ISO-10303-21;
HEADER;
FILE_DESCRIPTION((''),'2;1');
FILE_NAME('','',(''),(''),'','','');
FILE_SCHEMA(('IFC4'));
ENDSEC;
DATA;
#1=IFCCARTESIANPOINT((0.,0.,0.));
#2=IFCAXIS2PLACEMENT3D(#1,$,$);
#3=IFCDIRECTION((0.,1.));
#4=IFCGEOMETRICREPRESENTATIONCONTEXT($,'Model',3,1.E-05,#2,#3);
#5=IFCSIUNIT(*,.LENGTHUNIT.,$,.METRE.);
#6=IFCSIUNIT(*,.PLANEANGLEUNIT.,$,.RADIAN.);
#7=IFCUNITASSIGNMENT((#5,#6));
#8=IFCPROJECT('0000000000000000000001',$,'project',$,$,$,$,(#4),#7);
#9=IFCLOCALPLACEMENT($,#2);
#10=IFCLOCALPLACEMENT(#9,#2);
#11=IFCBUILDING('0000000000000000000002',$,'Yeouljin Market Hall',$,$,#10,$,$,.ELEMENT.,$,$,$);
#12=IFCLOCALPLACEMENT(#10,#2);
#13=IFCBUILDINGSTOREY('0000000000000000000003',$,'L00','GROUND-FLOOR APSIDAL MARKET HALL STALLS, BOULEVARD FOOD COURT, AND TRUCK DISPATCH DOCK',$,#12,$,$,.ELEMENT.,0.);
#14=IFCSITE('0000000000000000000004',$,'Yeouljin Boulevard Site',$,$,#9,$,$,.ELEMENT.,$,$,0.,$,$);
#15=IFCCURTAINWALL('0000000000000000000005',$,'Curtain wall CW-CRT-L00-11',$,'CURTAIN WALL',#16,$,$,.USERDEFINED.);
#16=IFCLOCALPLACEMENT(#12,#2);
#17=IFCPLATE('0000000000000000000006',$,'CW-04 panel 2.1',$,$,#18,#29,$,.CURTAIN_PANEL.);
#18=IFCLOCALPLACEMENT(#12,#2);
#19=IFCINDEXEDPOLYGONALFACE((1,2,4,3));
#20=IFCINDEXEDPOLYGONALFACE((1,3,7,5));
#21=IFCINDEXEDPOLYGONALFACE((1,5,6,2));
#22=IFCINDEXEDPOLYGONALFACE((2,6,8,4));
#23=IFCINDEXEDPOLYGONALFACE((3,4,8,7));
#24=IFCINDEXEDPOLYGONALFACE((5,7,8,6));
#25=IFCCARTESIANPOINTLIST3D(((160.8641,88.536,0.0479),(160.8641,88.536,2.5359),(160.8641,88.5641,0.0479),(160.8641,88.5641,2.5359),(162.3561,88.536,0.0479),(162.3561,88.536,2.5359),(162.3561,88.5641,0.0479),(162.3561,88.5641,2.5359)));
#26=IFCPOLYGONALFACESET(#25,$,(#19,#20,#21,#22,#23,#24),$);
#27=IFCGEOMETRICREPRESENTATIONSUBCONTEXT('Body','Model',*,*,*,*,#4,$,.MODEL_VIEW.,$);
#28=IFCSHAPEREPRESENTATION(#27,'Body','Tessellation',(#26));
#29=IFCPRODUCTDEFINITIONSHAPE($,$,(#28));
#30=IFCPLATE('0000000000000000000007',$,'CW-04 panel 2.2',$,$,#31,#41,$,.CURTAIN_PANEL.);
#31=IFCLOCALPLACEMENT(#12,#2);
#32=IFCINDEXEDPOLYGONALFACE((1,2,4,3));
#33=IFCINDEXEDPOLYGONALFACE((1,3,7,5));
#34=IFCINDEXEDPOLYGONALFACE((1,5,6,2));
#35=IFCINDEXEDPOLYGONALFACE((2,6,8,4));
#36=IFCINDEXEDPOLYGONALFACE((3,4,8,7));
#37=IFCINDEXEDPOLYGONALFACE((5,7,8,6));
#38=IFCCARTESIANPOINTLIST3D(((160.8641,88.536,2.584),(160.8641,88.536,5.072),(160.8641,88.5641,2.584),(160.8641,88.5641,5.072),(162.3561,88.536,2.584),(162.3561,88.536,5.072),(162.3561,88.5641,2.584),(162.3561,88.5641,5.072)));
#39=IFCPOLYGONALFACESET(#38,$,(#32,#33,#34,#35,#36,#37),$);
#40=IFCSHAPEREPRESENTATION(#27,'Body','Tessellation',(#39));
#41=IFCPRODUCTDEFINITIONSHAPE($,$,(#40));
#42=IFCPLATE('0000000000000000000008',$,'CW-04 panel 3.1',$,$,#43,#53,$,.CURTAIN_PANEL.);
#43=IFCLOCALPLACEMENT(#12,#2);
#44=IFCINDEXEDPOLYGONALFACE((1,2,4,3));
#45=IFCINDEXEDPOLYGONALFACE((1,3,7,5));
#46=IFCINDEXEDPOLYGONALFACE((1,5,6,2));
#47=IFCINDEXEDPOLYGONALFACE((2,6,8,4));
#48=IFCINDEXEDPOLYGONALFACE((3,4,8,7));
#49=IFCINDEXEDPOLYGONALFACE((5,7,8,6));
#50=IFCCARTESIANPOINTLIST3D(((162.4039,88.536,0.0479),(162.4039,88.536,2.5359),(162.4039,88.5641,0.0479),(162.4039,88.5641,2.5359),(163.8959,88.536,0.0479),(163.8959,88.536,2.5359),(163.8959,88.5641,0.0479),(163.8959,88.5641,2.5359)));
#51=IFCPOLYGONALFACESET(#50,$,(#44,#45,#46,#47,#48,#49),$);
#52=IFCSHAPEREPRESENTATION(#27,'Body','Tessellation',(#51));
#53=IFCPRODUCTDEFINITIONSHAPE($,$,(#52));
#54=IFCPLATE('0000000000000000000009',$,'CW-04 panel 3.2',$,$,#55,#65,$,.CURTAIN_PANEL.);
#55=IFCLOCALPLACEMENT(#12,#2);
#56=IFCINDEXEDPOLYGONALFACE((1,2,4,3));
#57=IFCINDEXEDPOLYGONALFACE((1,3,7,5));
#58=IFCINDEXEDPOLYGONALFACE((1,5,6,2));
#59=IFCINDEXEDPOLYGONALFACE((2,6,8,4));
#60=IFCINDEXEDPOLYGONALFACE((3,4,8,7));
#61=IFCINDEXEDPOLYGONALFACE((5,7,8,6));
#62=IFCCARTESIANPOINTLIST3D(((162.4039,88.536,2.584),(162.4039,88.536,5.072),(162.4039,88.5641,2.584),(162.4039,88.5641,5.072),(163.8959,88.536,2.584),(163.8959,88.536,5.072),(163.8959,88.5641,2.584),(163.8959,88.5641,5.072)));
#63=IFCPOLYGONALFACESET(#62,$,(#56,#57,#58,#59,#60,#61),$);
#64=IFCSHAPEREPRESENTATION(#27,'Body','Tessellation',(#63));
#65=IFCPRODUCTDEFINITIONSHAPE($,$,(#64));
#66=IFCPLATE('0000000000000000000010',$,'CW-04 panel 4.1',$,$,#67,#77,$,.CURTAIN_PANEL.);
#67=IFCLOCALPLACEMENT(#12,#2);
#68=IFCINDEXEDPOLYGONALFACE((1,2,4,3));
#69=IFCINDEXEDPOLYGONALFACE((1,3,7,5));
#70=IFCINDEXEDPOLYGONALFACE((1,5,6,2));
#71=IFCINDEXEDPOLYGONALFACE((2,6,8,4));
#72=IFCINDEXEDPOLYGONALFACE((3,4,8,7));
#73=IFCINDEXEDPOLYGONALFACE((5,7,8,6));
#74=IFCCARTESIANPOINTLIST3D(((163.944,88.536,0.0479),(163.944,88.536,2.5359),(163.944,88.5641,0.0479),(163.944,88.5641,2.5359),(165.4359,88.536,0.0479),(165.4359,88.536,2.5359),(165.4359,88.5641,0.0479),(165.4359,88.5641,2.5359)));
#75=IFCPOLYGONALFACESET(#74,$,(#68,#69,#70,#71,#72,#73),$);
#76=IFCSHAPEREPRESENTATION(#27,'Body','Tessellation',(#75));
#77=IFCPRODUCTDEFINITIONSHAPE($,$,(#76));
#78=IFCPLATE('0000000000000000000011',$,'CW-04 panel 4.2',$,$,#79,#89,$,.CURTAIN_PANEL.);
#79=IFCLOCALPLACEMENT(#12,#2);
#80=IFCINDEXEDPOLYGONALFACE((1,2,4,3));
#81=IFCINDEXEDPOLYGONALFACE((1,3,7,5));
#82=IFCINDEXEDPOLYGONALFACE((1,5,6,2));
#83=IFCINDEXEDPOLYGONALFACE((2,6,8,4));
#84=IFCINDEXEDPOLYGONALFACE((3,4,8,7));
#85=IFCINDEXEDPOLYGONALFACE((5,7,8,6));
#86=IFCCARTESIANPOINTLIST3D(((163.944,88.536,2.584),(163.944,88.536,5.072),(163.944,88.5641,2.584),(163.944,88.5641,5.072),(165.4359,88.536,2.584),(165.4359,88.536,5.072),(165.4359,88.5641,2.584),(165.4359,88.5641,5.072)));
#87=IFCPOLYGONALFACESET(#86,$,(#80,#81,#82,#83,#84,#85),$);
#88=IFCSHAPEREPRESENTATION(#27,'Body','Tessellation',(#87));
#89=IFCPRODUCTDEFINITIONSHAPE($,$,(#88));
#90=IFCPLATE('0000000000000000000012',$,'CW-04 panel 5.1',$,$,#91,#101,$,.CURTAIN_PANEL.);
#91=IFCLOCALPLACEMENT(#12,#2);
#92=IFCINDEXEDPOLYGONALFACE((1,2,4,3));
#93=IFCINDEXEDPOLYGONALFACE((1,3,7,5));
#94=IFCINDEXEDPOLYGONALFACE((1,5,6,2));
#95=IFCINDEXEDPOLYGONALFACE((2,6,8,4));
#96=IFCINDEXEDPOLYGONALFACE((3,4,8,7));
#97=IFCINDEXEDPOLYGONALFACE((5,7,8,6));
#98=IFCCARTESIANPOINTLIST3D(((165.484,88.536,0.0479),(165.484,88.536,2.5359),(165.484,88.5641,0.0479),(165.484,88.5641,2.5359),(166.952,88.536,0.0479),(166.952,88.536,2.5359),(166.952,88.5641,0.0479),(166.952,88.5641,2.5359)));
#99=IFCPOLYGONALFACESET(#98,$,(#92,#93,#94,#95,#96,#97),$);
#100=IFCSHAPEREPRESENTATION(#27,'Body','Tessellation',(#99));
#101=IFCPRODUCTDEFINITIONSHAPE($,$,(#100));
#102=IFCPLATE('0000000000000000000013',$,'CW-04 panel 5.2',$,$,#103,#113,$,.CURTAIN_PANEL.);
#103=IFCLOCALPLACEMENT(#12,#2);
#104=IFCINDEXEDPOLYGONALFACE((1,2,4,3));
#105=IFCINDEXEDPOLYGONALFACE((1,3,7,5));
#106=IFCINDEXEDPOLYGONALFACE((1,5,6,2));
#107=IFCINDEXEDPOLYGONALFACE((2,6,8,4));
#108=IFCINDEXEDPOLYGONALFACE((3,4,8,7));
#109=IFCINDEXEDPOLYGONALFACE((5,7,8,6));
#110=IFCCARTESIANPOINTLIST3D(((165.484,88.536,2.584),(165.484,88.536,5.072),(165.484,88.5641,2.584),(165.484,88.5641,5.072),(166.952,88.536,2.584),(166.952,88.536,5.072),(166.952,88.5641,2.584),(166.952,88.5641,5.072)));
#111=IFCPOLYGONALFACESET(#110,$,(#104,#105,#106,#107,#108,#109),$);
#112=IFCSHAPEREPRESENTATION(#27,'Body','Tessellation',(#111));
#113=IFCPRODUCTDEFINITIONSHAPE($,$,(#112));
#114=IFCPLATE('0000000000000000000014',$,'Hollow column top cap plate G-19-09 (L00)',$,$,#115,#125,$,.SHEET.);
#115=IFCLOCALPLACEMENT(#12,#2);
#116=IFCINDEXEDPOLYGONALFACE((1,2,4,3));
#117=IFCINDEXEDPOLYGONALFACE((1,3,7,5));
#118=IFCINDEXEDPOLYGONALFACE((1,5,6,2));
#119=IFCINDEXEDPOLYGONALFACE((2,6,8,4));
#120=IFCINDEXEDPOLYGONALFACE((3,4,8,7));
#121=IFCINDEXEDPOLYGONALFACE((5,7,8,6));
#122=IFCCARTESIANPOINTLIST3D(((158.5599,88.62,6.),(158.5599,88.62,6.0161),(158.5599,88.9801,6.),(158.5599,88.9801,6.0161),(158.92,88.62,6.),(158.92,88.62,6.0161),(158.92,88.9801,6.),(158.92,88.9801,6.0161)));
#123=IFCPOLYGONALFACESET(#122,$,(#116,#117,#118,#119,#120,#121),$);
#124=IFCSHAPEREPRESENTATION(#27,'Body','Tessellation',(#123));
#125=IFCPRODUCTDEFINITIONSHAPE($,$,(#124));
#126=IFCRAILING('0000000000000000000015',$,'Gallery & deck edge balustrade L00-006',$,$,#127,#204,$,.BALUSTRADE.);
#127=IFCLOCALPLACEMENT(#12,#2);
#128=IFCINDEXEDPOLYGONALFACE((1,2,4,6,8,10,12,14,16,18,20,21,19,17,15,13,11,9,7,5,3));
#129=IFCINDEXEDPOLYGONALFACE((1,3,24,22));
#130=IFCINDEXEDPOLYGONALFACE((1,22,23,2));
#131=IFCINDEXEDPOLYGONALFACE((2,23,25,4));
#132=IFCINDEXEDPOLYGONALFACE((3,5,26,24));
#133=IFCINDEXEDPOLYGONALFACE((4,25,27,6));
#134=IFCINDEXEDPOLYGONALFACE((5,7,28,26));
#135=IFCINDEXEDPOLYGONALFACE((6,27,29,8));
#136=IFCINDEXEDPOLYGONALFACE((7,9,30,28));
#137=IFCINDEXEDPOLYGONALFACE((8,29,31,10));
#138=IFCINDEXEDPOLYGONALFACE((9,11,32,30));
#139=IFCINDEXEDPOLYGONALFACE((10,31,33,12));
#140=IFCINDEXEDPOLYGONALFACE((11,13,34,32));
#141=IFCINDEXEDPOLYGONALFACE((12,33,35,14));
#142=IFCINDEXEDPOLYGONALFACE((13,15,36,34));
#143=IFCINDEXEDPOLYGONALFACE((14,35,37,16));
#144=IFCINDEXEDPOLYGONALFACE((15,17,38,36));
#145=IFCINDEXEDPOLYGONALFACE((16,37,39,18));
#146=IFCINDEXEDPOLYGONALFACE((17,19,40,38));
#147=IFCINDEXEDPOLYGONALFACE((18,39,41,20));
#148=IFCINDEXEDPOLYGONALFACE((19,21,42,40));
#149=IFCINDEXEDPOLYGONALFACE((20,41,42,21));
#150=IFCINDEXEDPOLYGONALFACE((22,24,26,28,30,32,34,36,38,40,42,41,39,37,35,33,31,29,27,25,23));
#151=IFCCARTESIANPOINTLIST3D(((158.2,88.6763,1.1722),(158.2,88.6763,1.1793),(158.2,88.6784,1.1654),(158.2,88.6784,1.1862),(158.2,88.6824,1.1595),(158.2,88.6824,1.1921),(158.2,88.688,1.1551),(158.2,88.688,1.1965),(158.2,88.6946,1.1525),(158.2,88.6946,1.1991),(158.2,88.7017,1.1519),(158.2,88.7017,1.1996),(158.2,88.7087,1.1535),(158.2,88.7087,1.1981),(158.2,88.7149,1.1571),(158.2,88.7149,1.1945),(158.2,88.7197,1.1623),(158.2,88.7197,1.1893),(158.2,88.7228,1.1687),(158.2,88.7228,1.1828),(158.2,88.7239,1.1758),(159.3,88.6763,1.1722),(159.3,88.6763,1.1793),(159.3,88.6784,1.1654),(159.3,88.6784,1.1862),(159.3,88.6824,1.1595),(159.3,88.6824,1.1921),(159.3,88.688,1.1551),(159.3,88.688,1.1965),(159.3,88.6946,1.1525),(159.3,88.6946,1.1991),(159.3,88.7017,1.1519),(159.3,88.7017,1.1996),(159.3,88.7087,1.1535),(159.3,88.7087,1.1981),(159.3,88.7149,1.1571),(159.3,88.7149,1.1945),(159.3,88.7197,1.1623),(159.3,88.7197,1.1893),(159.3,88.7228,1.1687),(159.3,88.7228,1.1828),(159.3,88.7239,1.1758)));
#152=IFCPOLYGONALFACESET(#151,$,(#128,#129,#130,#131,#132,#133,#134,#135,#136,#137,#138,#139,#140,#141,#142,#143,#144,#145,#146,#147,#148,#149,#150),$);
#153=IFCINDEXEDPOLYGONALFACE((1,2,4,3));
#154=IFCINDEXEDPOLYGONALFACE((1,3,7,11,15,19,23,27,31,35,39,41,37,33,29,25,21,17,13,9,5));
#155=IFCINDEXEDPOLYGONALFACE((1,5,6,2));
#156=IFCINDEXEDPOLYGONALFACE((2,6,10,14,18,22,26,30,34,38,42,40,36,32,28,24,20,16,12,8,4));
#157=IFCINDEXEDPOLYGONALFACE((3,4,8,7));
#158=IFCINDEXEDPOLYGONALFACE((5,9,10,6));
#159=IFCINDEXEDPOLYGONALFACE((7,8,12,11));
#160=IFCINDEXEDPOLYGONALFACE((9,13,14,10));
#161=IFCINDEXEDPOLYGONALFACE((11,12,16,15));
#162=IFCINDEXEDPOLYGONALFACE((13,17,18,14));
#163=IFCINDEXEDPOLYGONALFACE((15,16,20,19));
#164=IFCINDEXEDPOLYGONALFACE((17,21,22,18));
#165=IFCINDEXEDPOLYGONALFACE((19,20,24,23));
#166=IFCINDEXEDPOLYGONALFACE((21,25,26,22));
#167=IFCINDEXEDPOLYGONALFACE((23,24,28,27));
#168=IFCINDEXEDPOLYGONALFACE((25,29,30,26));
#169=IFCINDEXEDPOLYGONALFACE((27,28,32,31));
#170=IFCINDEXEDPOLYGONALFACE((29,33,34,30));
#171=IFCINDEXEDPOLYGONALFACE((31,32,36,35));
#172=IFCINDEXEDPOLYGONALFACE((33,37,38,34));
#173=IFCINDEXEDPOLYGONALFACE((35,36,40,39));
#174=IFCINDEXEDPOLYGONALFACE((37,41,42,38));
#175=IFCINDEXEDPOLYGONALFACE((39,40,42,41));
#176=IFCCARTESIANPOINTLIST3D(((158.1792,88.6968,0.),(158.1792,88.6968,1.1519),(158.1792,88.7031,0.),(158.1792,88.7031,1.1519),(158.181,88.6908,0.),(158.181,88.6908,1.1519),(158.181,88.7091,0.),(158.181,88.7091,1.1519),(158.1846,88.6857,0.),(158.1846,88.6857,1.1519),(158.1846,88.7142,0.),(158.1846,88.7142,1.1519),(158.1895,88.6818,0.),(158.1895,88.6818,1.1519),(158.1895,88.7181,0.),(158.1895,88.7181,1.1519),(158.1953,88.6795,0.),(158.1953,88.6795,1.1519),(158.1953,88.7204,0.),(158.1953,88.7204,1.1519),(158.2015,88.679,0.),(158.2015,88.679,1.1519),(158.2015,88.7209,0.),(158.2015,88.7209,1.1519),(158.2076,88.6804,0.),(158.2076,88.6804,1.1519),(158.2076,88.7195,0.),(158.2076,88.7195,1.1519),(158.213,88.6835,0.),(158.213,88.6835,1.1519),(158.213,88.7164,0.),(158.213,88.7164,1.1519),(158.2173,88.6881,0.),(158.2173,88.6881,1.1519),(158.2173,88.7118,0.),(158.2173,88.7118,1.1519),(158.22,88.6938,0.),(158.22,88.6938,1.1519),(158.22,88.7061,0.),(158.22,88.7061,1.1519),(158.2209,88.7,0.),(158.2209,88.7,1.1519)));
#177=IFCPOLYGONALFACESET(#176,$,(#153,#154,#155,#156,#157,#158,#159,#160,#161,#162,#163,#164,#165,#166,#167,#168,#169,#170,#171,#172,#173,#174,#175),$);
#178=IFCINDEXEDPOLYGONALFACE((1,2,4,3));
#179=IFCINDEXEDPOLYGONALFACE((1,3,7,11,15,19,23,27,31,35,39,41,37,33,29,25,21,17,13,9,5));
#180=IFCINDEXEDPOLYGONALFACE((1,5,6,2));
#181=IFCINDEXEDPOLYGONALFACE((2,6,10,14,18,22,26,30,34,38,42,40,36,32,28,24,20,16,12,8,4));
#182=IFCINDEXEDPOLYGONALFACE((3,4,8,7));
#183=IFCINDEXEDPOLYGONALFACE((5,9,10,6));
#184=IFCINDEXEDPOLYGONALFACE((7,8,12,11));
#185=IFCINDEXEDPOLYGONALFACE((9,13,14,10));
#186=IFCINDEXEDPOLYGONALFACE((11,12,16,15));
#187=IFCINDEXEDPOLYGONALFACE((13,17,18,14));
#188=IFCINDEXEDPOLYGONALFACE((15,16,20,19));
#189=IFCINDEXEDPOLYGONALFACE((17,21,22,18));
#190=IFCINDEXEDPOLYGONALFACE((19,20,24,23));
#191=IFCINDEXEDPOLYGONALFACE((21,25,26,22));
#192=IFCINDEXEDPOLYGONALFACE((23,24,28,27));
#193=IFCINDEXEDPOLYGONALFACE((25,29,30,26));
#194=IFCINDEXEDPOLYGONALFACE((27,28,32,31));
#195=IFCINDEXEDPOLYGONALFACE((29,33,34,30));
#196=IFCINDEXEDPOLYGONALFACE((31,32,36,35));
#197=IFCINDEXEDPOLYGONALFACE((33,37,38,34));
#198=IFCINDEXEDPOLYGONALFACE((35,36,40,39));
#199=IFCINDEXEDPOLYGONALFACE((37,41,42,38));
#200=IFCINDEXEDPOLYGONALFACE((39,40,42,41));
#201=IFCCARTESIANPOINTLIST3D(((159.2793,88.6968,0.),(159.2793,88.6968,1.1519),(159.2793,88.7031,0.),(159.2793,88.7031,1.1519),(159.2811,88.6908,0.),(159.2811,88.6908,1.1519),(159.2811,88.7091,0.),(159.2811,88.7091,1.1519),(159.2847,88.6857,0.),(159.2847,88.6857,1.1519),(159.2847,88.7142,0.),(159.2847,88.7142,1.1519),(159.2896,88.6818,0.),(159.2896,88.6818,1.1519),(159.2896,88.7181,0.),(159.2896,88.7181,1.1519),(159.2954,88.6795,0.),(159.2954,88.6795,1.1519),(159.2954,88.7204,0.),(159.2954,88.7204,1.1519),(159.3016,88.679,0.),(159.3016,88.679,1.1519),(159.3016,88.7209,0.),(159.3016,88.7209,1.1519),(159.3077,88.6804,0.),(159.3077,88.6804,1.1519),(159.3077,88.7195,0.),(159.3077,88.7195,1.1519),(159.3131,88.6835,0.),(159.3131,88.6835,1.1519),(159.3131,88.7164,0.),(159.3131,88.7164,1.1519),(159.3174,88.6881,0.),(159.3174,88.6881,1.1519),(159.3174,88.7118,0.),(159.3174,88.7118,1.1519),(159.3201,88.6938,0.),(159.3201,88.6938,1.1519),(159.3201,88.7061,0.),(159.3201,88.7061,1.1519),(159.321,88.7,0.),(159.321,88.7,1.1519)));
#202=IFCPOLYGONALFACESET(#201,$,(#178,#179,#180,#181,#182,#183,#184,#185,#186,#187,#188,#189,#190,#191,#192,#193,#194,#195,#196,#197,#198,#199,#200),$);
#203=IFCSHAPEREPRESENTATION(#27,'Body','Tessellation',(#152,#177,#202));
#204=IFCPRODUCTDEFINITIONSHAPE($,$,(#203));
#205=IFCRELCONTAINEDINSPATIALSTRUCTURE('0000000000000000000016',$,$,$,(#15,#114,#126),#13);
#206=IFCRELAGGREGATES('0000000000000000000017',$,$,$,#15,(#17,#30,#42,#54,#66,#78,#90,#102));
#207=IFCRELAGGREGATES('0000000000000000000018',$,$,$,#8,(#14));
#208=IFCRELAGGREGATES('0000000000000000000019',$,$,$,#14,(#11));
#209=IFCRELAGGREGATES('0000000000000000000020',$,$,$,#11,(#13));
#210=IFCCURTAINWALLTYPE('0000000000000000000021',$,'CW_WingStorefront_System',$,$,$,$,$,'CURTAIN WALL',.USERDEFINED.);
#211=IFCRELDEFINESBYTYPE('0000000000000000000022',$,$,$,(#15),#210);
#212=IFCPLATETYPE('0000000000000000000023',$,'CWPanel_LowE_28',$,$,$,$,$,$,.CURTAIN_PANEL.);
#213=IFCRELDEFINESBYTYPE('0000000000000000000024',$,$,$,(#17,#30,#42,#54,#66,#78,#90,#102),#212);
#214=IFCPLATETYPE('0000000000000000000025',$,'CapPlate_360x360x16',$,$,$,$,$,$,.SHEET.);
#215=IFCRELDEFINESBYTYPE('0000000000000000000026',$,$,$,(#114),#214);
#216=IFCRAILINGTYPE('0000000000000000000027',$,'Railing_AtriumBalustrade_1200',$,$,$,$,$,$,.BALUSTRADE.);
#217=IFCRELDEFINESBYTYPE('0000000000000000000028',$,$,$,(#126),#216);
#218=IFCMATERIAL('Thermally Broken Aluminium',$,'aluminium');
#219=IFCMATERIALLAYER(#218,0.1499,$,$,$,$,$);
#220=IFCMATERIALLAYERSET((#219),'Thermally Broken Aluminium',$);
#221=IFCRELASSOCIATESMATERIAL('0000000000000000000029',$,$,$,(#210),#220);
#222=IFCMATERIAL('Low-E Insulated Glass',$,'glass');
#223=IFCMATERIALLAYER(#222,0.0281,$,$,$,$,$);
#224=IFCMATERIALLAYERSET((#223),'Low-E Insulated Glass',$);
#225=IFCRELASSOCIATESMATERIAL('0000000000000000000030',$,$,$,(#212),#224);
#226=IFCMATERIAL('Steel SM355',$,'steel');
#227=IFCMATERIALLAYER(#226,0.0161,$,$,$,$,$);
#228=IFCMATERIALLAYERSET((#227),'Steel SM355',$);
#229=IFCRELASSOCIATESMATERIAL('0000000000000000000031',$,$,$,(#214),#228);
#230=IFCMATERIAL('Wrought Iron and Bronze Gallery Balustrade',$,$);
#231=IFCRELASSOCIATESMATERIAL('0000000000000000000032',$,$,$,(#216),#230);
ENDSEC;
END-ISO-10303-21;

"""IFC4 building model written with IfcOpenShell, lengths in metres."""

from ifc_helpers import new_model, si_unit, direction, frame, origin, origin_2d, place, context, subcontext, project, spatial, rectangle, circle, extrude, material, layer, layer_set, type_object, element, aggregate, save


model = new_model("IFC4")

# Units and contexts
model_context = context("Model", 3, precision=1e-05, world=origin(), true_north=direction((0.0, 1.0)))
body_context = subcontext(model_context, "Body", "Model", "MODEL_VIEW")
ifc_project = project(units=[si_unit("LENGTHUNIT", "METRE"), si_unit("PLANEANGLEUNIT", "RADIAN")], contexts=[model_context])

# Site, building, storey
site_placement = place(None, origin())
site = spatial("IfcSite", under=ifc_project, at=site_placement, Name="Yeouljin Boulevard Site", CompositionType="ELEMENT", RefElevation=0.0)
building_placement = place(site_placement, origin())
building = spatial("IfcBuilding", under=site, at=building_placement, Name="Yeouljin Market Hall", CompositionType="ELEMENT")
storey_placement = place(building_placement, origin())
storey = spatial("IfcBuildingStorey", under=building, at=storey_placement, Name="L00", Description="GROUND-FLOOR APSIDAL MARKET HALL STALLS, BOULEVARD FOOD COURT, AND TRUCK DISPATCH DOCK", CompositionType="ELEMENT", Elevation=0.0)

# Curtain wall
ifc_material_1 = material(Name="Thermally Broken Aluminium", Category="aluminium")
ifc_layer_1 = layer(ifc_material_1, 0.1499)
ifc_layer_set_1 = layer_set([ifc_layer_1], Name="Thermally Broken Aluminium")
curtain_wall_type = type_object("IfcCurtainWallType", Name="CW_WingStorefront_System", ElementType="CURTAIN WALL", PredefinedType="USERDEFINED", material=ifc_layer_set_1)
curtain_wall_1_placement = place(storey_placement, origin())
curtain_wall_1 = element("IfcCurtainWall", 1, at=curtain_wall_1_placement, inside=storey, type_object=curtain_wall_type, Name="Curtain wall CW-CRT-L00-11", ObjectType="CURTAIN WALL", PredefinedType="USERDEFINED")

# Plates
ifc_material_2 = material(Name="Low-E Insulated Glass", Category="glass")
ifc_layer_2 = layer(ifc_material_2, 0.0281)
ifc_layer_set_2 = layer_set([ifc_layer_2], Name="Low-E Insulated Glass")
plate_type_1 = type_object("IfcPlateType", Name="CWPanel_LowE_28", PredefinedType="CURTAIN_PANEL", material=ifc_layer_set_2)
plate_1_placement = place(storey_placement, frame((161.6101, 88.55, 0.0479), z_axis=(0.0, 0.0, 1.0), x_axis=(1.0, 0.0, 0.0)))
plate_1 = element("IfcPlate", 2, at=plate_1_placement, type_object=plate_type_1, Name="CW-04 panel 2.1", PredefinedType="CURTAIN_PANEL", context=body_context, shape_type="SweptSolid", body=[
    extrude(rectangle(XDim=1.4919, YDim=0.0281, at=origin_2d()), origin(), (0.0, 0.0, 1.0), 2.488),
])
plate_2_placement = place(storey_placement, frame((161.6101, 88.55, 2.584), z_axis=(0.0, 0.0, 1.0), x_axis=(1.0, 0.0, 0.0)))
plate_2 = element("IfcPlate", 3, at=plate_2_placement, type_object=plate_type_1, Name="CW-04 panel 2.2", PredefinedType="CURTAIN_PANEL", context=body_context, shape_type="SweptSolid", body=[
    extrude(rectangle(XDim=1.4919, YDim=0.0281, at=origin_2d()), origin(), (0.0, 0.0, 1.0), 2.488),
])
plate_3_placement = place(storey_placement, frame((163.1499, 88.55, 0.0479), z_axis=(0.0, 0.0, 1.0), x_axis=(1.0, 0.0, 0.0)))
plate_3 = element("IfcPlate", 4, at=plate_3_placement, type_object=plate_type_1, Name="CW-04 panel 3.1", PredefinedType="CURTAIN_PANEL", context=body_context, shape_type="SweptSolid", body=[
    extrude(rectangle(XDim=1.4919, YDim=0.0281, at=origin_2d()), origin(), (0.0, 0.0, 1.0), 2.488),
])
plate_4_placement = place(storey_placement, frame((163.1499, 88.55, 2.584), z_axis=(0.0, 0.0, 1.0), x_axis=(1.0, 0.0, 0.0)))
plate_4 = element("IfcPlate", 5, at=plate_4_placement, type_object=plate_type_1, Name="CW-04 panel 3.2", PredefinedType="CURTAIN_PANEL", context=body_context, shape_type="SweptSolid", body=[
    extrude(rectangle(XDim=1.4919, YDim=0.0281, at=origin_2d()), origin(), (0.0, 0.0, 1.0), 2.488),
])
plate_5_placement = place(storey_placement, frame((164.6899, 88.55, 0.0479), z_axis=(0.0, 0.0, 1.0), x_axis=(1.0, 0.0, 0.0)))
plate_5 = element("IfcPlate", 6, at=plate_5_placement, type_object=plate_type_1, Name="CW-04 panel 4.1", PredefinedType="CURTAIN_PANEL", context=body_context, shape_type="SweptSolid", body=[
    extrude(rectangle(XDim=1.4919, YDim=0.0281, at=origin_2d()), origin(), (0.0, 0.0, 1.0), 2.488),
])
plate_6_placement = place(storey_placement, frame((164.6899, 88.55, 2.584), z_axis=(0.0, 0.0, 1.0), x_axis=(1.0, 0.0, 0.0)))
plate_6 = element("IfcPlate", 7, at=plate_6_placement, type_object=plate_type_1, Name="CW-04 panel 4.2", PredefinedType="CURTAIN_PANEL", context=body_context, shape_type="SweptSolid", body=[
    extrude(rectangle(XDim=1.4919, YDim=0.0281, at=origin_2d()), origin(), (0.0, 0.0, 1.0), 2.488),
])
plate_7_placement = place(storey_placement, frame((166.218, 88.55, 0.0479), z_axis=(0.0, 0.0, 1.0), x_axis=(1.0, 0.0, 0.0)))
plate_7 = element("IfcPlate", 8, at=plate_7_placement, type_object=plate_type_1, Name="CW-04 panel 5.1", PredefinedType="CURTAIN_PANEL", context=body_context, shape_type="SweptSolid", body=[
    extrude(rectangle(XDim=1.468, YDim=0.0281, at=origin_2d()), origin(), (0.0, 0.0, 1.0), 2.488),
])
plate_8_placement = place(storey_placement, frame((166.218, 88.55, 2.584), z_axis=(0.0, 0.0, 1.0), x_axis=(1.0, 0.0, 0.0)))
plate_8 = element("IfcPlate", 9, at=plate_8_placement, type_object=plate_type_1, Name="CW-04 panel 5.2", PredefinedType="CURTAIN_PANEL", context=body_context, shape_type="SweptSolid", body=[
    extrude(rectangle(XDim=1.468, YDim=0.0281, at=origin_2d()), origin(), (0.0, 0.0, 1.0), 2.488),
])
aggregate(curtain_wall_1, [plate_1, plate_2, plate_3, plate_4, plate_5, plate_6, plate_7, plate_8])
ifc_material_3 = material(Name="Steel SM355", Category="steel")
ifc_layer_3 = layer(ifc_material_3, 0.0161)
ifc_layer_set_3 = layer_set([ifc_layer_3], Name="Steel SM355")
plate_type_2 = type_object("IfcPlateType", Name="CapPlate_360x360x16", PredefinedType="SHEET", material=ifc_layer_set_3)
plate_9_placement = place(storey_placement, frame((158.74, 88.8, 6.0), z_axis=(0.0, 0.0, 1.0), x_axis=(1.0, 0.0, 0.0)))
element("IfcPlate", 10, at=plate_9_placement, inside=storey, type_object=plate_type_2, Name="Hollow column top cap plate G-19-09 (L00)", PredefinedType="SHEET", context=body_context, shape_type="SweptSolid", body=[
    extrude(rectangle(XDim=0.3601, YDim=0.3601, at=origin_2d()), origin(), (0.0, 0.0, 1.0), 0.0161),
])

# Railing
ifc_material_4 = material(Name="Wrought Iron and Bronze Gallery Balustrade")
railing_type = type_object("IfcRailingType", Name="Railing_AtriumBalustrade_1200", PredefinedType="BALUSTRADE", material=ifc_material_4)
for number, where, name in (
    (11, (158.2, 88.7, 0.0), "Gallery & deck edge balustrade L00-006"),
):
    element("IfcRailing", number, at=place(storey_placement, frame(where)), inside=storey, type_object=railing_type, Name=name, PredefinedType="BALUSTRADE", context=body_context, shape_type="SweptSolid", body=[
        extrude(circle(Radius=0.0239, at=origin_2d()), frame((0.0, 0.0, 1.1758), z_axis=(1.0, 0.0, 0.0), x_axis=(0.0, 1.0, 0.0)), (0.0, 0.0, 1.0), 1.1001),
        extrude(circle(Radius=0.021, at=origin_2d()), origin(), (0.0, 0.0, 1.0), 1.1519),
        extrude(circle(Radius=0.021, at=origin_2d()), frame((1.1001, 0.0, 0.0)), (0.0, 0.0, 1.0), 1.1519),
    ])

save(model, "model.ifc")
